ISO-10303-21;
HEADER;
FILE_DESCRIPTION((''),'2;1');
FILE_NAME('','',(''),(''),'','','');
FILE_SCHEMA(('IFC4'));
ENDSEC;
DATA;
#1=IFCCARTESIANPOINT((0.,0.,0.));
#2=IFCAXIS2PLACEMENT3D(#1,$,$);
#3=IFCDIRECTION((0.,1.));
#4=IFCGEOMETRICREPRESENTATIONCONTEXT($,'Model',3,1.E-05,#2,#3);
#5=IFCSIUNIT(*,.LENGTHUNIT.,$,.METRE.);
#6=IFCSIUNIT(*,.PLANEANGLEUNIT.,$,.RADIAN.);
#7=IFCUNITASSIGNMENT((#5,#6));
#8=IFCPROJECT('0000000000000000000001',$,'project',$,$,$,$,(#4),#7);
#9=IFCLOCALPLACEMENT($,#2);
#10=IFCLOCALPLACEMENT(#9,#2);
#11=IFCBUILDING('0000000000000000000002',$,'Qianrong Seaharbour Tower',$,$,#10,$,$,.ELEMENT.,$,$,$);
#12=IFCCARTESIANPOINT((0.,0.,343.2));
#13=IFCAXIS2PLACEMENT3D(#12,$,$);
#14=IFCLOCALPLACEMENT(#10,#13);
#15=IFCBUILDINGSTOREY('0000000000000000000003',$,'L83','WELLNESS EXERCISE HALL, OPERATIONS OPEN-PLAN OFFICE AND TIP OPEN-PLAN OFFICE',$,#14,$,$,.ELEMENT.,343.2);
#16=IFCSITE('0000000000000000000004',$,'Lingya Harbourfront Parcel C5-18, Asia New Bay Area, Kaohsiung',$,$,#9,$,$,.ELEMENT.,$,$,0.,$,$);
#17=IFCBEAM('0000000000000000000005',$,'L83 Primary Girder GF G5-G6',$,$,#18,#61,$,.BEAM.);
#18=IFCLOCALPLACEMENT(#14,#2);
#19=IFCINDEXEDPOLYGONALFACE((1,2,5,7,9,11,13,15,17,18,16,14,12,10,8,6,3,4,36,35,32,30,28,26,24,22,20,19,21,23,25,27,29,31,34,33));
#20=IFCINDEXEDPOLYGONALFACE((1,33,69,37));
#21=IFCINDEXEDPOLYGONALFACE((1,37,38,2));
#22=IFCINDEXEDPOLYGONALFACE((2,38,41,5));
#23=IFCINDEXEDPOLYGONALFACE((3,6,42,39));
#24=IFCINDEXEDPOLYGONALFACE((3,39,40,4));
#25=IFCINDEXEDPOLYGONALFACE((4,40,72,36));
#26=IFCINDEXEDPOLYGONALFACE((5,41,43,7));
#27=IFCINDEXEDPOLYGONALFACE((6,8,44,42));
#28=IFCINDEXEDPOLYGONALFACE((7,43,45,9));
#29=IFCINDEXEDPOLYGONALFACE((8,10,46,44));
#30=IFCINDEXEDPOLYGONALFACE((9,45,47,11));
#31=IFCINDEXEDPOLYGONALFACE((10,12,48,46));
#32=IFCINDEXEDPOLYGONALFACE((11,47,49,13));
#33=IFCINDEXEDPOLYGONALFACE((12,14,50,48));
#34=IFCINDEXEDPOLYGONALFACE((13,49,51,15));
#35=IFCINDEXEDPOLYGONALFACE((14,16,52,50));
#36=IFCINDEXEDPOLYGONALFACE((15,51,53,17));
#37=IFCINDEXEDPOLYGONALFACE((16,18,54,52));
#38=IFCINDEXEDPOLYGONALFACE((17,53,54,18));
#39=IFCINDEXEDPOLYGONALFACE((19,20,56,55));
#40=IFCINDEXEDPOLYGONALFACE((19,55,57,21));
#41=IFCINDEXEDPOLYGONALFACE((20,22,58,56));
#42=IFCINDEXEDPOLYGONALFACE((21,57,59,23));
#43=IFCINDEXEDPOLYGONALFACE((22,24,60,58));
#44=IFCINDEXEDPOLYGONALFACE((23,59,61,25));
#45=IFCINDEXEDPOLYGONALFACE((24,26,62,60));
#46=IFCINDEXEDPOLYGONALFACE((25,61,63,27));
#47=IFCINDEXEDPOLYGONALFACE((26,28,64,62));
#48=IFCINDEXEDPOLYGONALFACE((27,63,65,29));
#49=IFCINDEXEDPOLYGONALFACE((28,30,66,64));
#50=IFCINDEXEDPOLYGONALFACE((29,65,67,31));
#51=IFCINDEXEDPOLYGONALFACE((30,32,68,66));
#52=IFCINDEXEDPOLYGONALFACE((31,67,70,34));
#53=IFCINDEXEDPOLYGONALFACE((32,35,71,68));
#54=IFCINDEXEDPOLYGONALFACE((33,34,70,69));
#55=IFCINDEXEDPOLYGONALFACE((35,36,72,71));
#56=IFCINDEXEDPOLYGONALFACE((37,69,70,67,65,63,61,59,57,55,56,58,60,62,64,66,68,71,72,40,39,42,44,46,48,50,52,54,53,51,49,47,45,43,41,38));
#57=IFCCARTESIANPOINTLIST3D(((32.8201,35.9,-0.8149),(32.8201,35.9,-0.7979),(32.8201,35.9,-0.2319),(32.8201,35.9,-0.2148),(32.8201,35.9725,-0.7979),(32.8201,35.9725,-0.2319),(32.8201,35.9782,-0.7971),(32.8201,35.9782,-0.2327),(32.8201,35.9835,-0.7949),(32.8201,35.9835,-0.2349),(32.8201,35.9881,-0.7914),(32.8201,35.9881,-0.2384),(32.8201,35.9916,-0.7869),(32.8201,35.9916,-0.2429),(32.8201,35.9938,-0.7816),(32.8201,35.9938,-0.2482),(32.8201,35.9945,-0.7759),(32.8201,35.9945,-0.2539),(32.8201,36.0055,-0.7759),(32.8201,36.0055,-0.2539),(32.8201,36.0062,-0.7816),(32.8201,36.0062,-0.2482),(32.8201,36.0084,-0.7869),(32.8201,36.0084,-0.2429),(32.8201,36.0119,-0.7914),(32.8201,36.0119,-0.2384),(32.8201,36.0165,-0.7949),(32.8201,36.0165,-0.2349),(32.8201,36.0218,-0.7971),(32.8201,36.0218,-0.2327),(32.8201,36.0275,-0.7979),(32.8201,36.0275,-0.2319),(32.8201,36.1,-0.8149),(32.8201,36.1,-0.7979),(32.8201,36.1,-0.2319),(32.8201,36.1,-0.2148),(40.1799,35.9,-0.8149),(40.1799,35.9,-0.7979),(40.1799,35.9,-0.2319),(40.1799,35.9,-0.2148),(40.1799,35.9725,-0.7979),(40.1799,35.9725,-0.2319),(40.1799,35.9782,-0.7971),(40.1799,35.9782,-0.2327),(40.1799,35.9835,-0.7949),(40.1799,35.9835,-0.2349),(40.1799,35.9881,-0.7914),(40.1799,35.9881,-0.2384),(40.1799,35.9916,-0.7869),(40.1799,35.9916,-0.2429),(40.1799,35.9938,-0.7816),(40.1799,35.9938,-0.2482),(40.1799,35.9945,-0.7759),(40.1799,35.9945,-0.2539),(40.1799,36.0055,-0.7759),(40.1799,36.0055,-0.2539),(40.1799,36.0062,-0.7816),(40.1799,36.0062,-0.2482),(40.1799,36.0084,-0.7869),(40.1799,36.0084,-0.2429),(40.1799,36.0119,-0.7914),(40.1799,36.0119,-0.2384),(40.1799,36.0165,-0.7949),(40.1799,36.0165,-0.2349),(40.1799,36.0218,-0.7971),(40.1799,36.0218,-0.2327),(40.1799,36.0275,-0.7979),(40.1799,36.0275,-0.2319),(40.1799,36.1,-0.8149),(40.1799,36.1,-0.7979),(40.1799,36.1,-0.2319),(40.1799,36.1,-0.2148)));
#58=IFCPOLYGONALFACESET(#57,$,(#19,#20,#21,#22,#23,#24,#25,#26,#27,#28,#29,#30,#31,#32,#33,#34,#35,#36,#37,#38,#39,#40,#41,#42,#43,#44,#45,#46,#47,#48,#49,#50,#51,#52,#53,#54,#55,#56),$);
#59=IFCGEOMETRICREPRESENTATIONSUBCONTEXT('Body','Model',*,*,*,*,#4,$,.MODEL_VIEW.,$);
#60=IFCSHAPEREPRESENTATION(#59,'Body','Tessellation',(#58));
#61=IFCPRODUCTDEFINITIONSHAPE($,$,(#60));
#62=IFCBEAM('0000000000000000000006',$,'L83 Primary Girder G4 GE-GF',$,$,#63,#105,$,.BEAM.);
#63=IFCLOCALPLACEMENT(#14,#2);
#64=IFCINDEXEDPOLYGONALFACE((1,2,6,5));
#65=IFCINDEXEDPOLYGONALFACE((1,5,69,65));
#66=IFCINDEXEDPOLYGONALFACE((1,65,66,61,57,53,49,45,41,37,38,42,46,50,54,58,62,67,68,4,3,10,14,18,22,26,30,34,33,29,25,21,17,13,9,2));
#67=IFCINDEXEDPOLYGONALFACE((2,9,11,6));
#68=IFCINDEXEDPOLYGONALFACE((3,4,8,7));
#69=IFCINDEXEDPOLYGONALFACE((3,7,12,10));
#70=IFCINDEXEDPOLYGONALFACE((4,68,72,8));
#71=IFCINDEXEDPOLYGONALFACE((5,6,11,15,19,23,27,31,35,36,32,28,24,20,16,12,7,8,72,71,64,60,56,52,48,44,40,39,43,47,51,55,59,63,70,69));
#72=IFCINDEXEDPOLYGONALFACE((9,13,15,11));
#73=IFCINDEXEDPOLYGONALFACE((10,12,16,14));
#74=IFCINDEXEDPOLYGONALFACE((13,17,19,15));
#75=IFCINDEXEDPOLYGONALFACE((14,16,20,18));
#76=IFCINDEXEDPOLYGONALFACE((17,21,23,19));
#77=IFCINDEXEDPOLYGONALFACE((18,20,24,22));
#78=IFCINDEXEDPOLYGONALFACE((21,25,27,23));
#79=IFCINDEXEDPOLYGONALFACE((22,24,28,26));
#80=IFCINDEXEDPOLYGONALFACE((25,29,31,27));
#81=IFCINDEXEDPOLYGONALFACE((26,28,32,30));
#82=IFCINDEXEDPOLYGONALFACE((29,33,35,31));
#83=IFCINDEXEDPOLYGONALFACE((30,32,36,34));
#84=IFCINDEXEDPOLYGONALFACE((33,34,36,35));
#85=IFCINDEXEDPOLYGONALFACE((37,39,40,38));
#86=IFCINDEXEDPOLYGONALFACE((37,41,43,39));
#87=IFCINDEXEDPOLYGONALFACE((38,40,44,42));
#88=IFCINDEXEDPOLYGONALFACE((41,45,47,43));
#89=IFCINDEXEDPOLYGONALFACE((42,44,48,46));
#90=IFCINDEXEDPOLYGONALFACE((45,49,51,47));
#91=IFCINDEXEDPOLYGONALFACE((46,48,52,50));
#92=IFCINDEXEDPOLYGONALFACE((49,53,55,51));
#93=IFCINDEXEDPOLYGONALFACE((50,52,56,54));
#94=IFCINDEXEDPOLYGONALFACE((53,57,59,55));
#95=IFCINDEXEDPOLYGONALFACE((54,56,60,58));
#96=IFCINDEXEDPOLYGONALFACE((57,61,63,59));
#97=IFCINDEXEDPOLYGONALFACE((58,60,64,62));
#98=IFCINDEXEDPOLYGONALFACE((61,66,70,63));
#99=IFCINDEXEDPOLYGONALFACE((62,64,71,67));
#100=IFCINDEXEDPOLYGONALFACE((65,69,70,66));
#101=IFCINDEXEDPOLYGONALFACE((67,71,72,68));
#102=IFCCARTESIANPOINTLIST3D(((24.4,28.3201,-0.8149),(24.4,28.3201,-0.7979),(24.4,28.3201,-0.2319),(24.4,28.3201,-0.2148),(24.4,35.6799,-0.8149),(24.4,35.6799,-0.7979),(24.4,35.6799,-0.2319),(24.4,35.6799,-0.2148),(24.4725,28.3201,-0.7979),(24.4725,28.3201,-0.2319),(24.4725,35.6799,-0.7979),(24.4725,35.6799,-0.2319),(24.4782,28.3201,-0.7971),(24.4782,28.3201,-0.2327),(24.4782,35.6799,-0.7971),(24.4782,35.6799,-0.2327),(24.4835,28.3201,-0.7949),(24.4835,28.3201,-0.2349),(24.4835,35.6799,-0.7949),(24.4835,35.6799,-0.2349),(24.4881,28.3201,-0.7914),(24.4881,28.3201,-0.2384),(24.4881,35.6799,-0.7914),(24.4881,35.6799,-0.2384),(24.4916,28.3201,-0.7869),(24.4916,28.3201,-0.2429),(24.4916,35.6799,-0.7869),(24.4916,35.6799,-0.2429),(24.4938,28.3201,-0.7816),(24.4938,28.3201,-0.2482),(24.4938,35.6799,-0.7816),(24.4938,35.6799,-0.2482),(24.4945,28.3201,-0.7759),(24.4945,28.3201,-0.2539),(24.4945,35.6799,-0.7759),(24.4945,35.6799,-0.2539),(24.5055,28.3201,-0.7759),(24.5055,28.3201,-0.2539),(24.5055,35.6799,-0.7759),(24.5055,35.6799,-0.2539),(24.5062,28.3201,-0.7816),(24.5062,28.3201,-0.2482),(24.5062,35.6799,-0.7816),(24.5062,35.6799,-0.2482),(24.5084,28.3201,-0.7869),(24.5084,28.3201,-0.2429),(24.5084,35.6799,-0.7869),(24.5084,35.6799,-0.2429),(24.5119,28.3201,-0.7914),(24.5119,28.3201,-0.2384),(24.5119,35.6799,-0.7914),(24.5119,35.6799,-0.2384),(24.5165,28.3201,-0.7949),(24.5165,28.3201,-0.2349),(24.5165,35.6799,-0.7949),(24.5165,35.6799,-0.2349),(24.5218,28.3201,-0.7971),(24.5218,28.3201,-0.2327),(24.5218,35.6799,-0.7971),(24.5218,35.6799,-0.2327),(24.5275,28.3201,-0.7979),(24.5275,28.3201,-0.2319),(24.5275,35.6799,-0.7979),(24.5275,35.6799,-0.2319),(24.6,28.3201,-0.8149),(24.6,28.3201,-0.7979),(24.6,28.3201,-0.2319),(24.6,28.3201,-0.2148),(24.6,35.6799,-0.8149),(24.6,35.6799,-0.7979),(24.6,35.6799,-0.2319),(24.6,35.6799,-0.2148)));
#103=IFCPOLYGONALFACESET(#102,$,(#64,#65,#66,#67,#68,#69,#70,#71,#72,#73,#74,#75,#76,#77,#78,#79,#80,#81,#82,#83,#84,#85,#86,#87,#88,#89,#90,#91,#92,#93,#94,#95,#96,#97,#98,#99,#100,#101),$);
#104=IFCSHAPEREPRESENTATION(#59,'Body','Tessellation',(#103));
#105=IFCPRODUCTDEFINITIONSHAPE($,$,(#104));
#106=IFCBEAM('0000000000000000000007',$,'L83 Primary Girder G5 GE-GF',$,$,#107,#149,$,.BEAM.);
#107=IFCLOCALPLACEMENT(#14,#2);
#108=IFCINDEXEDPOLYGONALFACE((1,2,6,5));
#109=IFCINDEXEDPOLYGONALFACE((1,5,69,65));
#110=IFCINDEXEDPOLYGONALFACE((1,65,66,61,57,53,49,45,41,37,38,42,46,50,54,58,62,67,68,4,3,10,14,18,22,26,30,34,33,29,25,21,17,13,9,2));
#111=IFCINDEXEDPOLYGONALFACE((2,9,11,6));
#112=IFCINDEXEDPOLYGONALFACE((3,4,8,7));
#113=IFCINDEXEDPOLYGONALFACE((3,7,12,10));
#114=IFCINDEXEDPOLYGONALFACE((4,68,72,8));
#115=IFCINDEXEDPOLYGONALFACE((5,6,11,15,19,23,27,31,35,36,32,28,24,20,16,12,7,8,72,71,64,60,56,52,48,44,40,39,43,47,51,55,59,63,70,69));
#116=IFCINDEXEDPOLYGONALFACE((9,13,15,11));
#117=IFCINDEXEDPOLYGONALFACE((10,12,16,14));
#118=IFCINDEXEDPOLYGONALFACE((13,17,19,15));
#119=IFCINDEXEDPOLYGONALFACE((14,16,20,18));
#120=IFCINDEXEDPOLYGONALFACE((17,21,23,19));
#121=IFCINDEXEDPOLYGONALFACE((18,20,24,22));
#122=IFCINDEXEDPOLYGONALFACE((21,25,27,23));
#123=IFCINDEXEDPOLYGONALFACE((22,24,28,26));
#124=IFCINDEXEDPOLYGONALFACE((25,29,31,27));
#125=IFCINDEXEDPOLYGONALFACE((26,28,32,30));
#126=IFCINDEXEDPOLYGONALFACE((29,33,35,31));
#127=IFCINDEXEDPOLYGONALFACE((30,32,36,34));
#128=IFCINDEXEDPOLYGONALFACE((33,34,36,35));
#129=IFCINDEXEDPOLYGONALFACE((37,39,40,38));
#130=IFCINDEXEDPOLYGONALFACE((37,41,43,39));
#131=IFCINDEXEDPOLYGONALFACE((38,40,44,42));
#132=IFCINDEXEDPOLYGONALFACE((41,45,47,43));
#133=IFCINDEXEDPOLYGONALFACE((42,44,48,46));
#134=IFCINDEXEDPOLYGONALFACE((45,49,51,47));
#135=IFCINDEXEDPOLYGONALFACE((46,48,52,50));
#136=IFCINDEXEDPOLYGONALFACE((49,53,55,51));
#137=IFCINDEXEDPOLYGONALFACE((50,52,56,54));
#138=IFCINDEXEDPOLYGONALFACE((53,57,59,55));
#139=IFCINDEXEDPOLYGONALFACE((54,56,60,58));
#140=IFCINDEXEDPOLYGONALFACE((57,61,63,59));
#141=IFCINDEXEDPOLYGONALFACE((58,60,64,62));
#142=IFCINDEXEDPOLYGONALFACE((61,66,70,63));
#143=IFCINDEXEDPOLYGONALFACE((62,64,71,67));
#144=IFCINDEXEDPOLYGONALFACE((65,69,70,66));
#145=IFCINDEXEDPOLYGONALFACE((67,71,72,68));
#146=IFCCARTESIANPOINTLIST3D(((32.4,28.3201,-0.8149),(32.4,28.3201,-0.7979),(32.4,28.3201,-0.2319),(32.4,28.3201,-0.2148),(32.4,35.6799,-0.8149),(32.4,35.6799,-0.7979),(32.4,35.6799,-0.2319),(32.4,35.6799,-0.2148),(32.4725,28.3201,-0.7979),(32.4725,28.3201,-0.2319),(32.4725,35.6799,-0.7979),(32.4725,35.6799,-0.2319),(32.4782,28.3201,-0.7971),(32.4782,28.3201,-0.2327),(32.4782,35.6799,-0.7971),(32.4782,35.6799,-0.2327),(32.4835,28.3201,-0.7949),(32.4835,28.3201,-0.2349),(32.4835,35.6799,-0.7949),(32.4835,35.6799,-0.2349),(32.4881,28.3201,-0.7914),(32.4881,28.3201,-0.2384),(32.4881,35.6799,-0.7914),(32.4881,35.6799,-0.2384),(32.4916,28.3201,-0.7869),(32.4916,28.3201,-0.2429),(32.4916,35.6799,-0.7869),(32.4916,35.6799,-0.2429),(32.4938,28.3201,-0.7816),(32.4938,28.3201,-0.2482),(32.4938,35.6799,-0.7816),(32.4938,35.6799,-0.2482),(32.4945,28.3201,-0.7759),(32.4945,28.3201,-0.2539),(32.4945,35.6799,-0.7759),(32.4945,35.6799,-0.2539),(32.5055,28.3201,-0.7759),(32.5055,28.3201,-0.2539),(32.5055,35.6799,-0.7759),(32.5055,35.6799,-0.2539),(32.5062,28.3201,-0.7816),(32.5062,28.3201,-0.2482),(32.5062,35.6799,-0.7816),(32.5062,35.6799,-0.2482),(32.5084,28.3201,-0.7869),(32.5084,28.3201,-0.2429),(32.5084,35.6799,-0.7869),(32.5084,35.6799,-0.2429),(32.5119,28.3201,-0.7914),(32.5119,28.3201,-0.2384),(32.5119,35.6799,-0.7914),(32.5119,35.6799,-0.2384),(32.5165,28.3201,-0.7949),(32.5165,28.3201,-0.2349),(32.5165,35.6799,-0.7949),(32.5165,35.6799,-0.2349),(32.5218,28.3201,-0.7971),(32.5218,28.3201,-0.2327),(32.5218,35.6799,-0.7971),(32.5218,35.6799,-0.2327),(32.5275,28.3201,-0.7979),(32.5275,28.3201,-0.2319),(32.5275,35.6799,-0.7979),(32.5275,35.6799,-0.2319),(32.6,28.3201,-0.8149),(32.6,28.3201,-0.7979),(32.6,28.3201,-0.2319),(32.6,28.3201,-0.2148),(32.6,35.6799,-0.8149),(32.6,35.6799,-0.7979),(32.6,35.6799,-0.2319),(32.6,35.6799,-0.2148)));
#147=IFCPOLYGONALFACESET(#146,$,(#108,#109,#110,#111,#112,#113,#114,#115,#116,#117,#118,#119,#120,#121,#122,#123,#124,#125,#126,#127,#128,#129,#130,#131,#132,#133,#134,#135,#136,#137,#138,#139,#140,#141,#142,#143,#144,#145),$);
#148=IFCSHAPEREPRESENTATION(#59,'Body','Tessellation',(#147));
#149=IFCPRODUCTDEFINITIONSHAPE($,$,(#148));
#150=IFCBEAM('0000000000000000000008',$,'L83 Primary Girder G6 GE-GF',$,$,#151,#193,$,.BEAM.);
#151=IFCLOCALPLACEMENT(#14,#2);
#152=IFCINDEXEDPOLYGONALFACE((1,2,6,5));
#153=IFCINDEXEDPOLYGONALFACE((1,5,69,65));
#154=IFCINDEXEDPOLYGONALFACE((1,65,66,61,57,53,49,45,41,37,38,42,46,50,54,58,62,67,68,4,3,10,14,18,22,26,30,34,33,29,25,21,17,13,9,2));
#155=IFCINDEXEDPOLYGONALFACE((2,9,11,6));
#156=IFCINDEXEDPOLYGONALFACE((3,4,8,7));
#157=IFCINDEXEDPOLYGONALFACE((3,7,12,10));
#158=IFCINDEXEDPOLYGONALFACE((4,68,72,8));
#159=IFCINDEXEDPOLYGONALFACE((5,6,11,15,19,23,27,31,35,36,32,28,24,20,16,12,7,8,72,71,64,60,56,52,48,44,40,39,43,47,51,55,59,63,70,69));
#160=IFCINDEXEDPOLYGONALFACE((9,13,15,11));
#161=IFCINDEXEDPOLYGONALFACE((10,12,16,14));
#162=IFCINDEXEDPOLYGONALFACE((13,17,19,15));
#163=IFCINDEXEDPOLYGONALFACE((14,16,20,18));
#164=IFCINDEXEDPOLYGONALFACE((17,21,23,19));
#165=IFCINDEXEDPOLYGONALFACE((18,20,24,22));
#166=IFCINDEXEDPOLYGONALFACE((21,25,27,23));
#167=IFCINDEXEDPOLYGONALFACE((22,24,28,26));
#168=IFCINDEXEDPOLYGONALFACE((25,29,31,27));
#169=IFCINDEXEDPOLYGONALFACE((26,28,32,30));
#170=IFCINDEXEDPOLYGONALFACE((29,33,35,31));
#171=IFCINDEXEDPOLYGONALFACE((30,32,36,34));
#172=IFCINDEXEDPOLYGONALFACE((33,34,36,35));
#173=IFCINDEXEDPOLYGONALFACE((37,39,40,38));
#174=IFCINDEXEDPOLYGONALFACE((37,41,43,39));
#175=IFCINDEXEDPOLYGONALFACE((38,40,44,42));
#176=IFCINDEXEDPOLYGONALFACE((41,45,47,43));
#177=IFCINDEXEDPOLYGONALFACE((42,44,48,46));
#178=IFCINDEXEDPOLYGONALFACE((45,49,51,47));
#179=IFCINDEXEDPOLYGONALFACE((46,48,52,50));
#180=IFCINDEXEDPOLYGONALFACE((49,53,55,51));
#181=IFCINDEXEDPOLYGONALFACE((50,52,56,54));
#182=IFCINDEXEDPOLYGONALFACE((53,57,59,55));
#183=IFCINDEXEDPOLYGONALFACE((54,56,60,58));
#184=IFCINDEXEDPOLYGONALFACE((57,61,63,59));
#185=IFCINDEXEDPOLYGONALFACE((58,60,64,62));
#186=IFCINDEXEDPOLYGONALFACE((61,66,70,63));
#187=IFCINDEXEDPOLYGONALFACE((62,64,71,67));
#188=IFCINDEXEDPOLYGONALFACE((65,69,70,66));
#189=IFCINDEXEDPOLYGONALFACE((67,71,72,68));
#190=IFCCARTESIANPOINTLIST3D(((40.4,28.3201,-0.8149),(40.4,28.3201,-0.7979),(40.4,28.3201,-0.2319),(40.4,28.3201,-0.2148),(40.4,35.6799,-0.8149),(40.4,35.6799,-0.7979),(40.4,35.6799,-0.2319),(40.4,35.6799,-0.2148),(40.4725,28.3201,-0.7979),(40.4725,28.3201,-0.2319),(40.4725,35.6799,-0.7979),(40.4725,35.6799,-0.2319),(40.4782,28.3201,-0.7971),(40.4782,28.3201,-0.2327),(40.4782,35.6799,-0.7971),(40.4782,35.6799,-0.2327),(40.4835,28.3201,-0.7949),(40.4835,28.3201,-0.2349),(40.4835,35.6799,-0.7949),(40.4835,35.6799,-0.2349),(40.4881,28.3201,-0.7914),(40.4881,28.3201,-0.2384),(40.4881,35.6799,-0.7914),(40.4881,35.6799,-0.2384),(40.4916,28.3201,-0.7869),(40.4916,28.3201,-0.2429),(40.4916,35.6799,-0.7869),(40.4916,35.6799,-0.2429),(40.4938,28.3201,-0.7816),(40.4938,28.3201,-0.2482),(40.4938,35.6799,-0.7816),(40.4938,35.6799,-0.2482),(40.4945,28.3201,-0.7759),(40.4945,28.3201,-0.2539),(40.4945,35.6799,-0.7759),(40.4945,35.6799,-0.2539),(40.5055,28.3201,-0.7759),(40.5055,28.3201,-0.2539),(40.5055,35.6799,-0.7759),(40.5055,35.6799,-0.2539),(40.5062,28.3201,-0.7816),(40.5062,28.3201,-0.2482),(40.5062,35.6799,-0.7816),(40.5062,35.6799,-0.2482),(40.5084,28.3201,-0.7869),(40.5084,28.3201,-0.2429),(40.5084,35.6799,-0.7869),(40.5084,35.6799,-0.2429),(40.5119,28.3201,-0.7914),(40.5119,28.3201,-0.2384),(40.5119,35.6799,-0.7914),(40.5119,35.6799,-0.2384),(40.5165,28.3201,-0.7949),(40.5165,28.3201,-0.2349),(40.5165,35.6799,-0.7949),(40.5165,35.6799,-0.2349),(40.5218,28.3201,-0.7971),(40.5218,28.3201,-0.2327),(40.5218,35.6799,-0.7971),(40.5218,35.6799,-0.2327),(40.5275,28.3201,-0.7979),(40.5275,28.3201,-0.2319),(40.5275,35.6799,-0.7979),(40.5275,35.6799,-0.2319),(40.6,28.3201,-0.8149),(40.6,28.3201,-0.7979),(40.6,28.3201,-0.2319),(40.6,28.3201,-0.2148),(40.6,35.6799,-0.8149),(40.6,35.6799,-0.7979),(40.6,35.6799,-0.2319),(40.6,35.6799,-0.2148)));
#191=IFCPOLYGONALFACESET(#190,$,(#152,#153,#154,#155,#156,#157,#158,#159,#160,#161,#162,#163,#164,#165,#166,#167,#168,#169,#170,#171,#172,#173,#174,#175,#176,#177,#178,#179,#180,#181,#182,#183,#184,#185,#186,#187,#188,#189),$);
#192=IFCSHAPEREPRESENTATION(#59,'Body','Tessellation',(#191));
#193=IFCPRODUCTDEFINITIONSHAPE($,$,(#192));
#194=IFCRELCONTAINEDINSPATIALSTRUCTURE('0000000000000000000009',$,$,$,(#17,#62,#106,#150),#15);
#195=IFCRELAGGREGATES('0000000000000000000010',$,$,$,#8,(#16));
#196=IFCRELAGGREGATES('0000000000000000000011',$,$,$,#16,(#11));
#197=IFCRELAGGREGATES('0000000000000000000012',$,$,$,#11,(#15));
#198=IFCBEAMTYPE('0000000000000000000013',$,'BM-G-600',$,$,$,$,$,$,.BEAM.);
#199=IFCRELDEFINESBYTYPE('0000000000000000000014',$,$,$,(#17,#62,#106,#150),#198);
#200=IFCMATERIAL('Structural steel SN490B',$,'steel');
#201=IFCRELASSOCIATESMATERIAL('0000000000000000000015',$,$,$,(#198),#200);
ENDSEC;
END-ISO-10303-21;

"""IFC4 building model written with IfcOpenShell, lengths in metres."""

from ifc_helpers import new_model, si_unit, direction, frame, origin, origin_2d, place, context, subcontext, project, spatial, i_section, extrude, material, material_profile, profile_set, type_object, element, save


model = new_model("IFC4")

# Units and contexts
model_context = context("Model", 3, precision=1e-05, world=origin(), true_north=direction((0.0, 1.0)))
body_context = subcontext(model_context, "Body", "Model", "MODEL_VIEW")
ifc_project = project(units=[si_unit("LENGTHUNIT", "METRE"), si_unit("PLANEANGLEUNIT", "RADIAN")], contexts=[model_context])

# Site, building, storey
site_placement = place(None, origin())
site = spatial("IfcSite", under=ifc_project, at=site_placement, Name="Lingya Harbourfront Parcel C5-18, Asia New Bay Area, Kaohsiung", CompositionType="ELEMENT", RefElevation=0.0)
building_placement = place(site_placement, origin())
building = spatial("IfcBuilding", under=site, at=building_placement, Name="Qianrong Seaharbour Tower", CompositionType="ELEMENT")
storey_placement = place(building_placement, frame((0.0, 0.0, 343.2)))
storey = spatial("IfcBuildingStorey", under=building, at=storey_placement, Name="L83", Description="WELLNESS EXERCISE HALL, OPERATIONS OPEN-PLAN OFFICE AND TIP OPEN-PLAN OFFICE", CompositionType="ELEMENT", Elevation=343.2)

# Shared definitions
ifc_material_1 = material(Name="Structural steel SN490B", Category="steel")

# Beams
ifc_material_profile_1 = material_profile(ifc_material_1, i_section(OverallWidth=0.2, OverallDepth=0.6001, WebThickness=0.011, FlangeThickness=0.0171, FilletRadius=0.022, at=origin_2d()), Name="H600x200x11x17")
ifc_profile_set_1 = profile_set([ifc_material_profile_1], Name="Structural steel SN490B")
beam_type_1 = type_object("IfcBeamType", Name="BM-G-600", PredefinedType="BEAM", material=ifc_profile_set_1)
for number, where, z_axis, x_axis, name in (
    (1, (32.8201, 36.0, -0.5149), (1.0, 0.0, 0.0), (0.0, 1.0, 0.0), "L83 Primary Girder GF G5-G6"),
    (2, (24.5, 28.3201, -0.5149), (0.0, 1.0, 0.0), (-1.0, 0.0, 0.0), "L83 Primary Girder G4 GE-GF"),
    (3, (32.5, 28.3201, -0.5149), (0.0, 1.0, 0.0), (-1.0, 0.0, 0.0), "L83 Primary Girder G5 GE-GF"),
    (4, (40.5, 28.3201, -0.5149), (0.0, 1.0, 0.0), (-1.0, 0.0, 0.0), "L83 Primary Girder G6 GE-GF"),
):
    element("IfcBeam", number, at=place(storey_placement, frame(where, z_axis=z_axis, x_axis=x_axis)), inside=storey, type_object=beam_type_1, Name=name, PredefinedType="BEAM", context=body_context, shape_type="SweptSolid", body=[
        extrude(i_section(OverallWidth=0.2, OverallDepth=0.6001, WebThickness=0.011, FlangeThickness=0.0171, FilletRadius=0.022, at=origin_2d()), origin(), (0.0, 0.0, 1.0), 7.3599),
    ])

save(model, "model.ifc")
